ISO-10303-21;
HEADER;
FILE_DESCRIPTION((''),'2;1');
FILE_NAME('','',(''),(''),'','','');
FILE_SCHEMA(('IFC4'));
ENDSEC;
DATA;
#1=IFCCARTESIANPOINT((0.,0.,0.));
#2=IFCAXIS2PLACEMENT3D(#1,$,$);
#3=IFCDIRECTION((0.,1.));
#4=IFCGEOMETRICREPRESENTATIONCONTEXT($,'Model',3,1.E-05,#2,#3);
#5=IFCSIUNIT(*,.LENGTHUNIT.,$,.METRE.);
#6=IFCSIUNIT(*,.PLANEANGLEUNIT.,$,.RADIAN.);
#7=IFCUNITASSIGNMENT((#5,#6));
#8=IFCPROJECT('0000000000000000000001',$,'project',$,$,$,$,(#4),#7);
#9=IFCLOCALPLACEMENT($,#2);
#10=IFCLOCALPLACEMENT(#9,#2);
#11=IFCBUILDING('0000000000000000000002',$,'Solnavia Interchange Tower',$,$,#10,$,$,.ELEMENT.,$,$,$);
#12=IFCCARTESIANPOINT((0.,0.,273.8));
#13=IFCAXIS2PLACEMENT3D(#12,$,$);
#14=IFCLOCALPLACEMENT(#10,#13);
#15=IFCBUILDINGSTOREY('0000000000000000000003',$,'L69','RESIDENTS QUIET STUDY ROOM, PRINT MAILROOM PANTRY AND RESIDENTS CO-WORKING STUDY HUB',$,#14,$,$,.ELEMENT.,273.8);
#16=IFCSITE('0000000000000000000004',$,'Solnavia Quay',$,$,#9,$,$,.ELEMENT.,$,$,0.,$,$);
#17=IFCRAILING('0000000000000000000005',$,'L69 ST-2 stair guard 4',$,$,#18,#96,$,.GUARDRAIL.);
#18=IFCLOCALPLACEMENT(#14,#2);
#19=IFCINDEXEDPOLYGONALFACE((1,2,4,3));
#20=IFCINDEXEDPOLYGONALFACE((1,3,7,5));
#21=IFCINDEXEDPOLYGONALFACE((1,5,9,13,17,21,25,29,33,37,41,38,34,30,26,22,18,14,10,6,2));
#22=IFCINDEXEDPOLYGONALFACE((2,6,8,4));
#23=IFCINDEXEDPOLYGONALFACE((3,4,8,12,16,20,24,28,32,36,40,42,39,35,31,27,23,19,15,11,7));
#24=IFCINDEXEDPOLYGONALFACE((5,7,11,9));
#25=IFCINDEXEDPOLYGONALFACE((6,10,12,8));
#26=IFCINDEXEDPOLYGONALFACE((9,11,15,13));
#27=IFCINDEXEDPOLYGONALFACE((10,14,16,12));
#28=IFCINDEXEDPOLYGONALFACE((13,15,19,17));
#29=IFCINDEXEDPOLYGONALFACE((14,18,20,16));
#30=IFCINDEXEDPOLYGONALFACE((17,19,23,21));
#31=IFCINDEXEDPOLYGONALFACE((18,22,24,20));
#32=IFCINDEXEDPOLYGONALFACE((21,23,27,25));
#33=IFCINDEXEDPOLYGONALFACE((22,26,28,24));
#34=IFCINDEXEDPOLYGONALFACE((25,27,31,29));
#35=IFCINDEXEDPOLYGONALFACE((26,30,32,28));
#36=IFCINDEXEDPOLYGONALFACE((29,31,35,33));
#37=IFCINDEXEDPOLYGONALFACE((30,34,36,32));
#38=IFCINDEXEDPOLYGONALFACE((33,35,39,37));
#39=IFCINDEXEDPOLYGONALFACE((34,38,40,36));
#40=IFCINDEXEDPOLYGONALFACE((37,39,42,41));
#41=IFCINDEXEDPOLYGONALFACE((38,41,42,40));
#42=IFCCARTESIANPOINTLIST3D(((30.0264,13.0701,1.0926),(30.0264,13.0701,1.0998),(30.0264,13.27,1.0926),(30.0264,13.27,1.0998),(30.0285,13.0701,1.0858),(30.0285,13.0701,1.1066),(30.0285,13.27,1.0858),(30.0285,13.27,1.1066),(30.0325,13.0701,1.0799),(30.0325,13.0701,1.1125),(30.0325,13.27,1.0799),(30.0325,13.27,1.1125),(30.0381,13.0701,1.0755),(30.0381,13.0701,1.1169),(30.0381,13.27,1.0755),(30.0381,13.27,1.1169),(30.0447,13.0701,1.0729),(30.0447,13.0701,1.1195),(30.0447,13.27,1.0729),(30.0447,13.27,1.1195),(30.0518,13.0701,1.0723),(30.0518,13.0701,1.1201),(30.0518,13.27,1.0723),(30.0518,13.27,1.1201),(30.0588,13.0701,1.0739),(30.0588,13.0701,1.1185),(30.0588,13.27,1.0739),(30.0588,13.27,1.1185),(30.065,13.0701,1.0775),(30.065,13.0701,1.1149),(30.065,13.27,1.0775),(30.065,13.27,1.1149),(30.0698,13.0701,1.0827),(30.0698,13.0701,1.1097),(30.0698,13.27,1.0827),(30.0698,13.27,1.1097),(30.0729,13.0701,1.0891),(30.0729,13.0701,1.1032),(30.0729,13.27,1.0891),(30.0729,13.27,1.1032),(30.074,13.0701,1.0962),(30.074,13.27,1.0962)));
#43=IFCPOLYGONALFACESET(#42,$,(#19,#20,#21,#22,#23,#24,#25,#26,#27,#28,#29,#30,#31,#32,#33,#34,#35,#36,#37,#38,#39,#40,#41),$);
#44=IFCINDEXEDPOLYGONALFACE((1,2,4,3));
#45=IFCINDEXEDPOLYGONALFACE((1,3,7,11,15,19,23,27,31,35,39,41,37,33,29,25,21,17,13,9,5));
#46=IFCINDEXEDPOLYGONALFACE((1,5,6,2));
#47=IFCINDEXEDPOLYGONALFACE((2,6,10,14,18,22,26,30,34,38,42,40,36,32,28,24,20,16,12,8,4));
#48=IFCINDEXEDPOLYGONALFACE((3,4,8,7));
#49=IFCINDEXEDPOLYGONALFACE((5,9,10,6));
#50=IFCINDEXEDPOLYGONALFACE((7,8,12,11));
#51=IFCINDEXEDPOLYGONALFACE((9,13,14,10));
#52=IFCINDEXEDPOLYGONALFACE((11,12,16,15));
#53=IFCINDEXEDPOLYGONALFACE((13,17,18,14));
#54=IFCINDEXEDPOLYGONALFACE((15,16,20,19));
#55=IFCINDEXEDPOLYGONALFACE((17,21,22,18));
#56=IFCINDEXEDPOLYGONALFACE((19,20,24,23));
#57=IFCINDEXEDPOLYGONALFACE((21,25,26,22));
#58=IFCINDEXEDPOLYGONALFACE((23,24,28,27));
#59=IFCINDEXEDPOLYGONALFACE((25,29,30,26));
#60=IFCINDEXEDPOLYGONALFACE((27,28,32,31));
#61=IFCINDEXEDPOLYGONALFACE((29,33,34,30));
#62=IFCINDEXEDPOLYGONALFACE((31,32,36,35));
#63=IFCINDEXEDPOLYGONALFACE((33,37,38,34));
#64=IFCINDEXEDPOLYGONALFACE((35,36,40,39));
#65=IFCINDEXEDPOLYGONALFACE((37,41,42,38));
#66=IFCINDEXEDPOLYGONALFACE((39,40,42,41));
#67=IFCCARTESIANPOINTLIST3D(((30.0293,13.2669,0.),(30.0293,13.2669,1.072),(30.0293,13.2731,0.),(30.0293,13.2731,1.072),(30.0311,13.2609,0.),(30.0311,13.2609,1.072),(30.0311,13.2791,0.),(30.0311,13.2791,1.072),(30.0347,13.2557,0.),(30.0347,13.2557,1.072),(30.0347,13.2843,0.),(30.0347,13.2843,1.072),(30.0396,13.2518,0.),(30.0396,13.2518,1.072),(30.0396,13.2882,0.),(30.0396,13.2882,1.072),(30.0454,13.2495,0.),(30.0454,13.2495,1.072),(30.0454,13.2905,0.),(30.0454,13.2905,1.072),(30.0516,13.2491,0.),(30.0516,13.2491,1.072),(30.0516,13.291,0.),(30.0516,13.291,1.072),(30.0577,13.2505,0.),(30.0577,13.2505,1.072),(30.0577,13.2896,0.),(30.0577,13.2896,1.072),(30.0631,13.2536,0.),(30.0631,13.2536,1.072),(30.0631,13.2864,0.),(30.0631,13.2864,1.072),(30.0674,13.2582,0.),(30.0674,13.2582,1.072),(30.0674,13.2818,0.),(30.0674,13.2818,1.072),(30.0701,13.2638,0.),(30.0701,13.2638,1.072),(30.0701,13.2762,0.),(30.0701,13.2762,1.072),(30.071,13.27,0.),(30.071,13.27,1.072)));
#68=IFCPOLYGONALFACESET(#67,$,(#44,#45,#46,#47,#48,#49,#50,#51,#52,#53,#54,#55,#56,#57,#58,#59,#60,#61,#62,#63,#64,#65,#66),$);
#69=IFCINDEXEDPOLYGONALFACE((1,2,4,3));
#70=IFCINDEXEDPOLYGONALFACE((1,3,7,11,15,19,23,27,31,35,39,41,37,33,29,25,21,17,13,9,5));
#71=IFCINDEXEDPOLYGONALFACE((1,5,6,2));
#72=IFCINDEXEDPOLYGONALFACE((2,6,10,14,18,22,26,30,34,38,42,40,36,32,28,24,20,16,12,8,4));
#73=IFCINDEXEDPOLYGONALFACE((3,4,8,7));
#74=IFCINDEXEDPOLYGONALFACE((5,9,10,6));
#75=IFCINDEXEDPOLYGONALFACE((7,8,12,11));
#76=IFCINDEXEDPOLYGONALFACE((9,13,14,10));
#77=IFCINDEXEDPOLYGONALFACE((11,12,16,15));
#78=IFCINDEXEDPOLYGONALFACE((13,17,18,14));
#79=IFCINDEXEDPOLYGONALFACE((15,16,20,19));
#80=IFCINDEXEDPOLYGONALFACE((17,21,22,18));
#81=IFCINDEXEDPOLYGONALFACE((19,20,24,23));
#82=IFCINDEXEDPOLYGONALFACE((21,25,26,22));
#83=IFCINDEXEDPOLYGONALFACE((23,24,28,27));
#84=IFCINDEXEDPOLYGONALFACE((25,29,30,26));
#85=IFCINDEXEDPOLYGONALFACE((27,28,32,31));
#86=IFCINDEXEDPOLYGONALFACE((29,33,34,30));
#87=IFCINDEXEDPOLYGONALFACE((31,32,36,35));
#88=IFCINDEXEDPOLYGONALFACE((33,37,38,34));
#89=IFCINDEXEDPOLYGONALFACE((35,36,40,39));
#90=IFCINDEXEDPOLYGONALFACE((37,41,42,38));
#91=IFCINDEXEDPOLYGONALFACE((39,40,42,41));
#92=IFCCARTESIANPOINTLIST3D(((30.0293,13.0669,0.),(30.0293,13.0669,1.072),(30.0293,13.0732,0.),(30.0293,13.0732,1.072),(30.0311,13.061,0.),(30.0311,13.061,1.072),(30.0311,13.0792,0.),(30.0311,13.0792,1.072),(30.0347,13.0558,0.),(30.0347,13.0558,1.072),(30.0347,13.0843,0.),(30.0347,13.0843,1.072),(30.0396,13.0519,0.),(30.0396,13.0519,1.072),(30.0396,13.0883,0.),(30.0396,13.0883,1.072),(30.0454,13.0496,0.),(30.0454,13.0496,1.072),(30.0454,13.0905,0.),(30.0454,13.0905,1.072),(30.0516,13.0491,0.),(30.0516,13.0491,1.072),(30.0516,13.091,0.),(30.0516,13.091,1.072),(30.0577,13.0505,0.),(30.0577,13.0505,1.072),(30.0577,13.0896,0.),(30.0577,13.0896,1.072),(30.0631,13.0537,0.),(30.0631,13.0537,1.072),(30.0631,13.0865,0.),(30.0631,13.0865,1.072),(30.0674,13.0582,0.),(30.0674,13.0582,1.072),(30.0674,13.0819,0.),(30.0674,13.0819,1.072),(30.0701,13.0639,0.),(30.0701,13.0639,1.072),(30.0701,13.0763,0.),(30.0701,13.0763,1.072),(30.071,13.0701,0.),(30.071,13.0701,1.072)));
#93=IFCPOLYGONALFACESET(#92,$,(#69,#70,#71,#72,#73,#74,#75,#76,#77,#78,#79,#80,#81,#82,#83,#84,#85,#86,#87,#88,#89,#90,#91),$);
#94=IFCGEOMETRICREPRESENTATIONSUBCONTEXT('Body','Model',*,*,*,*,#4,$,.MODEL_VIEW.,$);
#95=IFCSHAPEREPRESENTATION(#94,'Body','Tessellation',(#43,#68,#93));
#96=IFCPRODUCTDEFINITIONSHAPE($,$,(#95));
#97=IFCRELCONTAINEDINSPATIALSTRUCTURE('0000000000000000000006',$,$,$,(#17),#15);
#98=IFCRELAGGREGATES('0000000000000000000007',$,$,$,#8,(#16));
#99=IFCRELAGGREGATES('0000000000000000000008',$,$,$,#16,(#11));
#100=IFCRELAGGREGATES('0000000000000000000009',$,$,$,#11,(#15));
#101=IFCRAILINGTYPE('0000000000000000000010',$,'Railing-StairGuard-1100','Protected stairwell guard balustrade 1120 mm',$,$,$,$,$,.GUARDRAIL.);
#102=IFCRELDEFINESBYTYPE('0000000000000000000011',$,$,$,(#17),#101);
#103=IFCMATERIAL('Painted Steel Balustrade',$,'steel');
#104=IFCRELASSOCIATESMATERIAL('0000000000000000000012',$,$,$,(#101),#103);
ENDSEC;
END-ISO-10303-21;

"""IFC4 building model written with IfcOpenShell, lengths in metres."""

from ifc_helpers import new_model, si_unit, direction, frame, origin, origin_2d, place, context, subcontext, project, spatial, circle, extrude, material, type_object, element, save


model = new_model("IFC4")

# Units and contexts
model_context = context("Model", 3, precision=1e-05, world=origin(), true_north=direction((0.0, 1.0)))
body_context = subcontext(model_context, "Body", "Model", "MODEL_VIEW")
ifc_project = project(units=[si_unit("LENGTHUNIT", "METRE"), si_unit("PLANEANGLEUNIT", "RADIAN")], contexts=[model_context])

# Site, building, storey
site_placement = place(None, origin())
site = spatial("IfcSite", under=ifc_project, at=site_placement, Name="Solnavia Quay", CompositionType="ELEMENT", RefElevation=0.0)
building_placement = place(site_placement, origin())
building = spatial("IfcBuilding", under=site, at=building_placement, Name="Solnavia Interchange Tower", CompositionType="ELEMENT")
storey_placement = place(building_placement, frame((0.0, 0.0, 273.8)))
storey = spatial("IfcBuildingStorey", under=building, at=storey_placement, Name="L69", Description="RESIDENTS QUIET STUDY ROOM, PRINT MAILROOM PANTRY AND RESIDENTS CO-WORKING STUDY HUB", CompositionType="ELEMENT", Elevation=273.8)

# Railing
ifc_material_1 = material(Name="Painted Steel Balustrade", Category="steel")
railing_type_1 = type_object("IfcRailingType", Name="Railing-StairGuard-1100", Description="Protected stairwell guard balustrade 1120 mm", PredefinedType="GUARDRAIL", material=ifc_material_1)
railing_1_placement = place(storey_placement, frame((30.05, 13.27, 0.0)))
element("IfcRailing", 1, at=railing_1_placement, inside=storey, type_object=railing_type_1, Name="L69 ST-2 stair guard 4", PredefinedType="GUARDRAIL", context=body_context, shape_type="SweptSolid", body=[
    extrude(circle(Radius=0.0239, at=origin_2d()), frame((0.0, 0.0, 1.0962), z_axis=(0.0, -1.0, 0.0), x_axis=(1.0, 0.0, 0.0)), (0.0, 0.0, 1.0), 0.2),
    extrude(circle(Radius=0.021, at=origin_2d()), origin(), (0.0, 0.0, 1.0), 1.072),
    extrude(circle(Radius=0.021, at=origin_2d()), frame((0.0, -0.2, 0.0)), (0.0, 0.0, 1.0), 1.072),
])

save(model, "model.ifc")
